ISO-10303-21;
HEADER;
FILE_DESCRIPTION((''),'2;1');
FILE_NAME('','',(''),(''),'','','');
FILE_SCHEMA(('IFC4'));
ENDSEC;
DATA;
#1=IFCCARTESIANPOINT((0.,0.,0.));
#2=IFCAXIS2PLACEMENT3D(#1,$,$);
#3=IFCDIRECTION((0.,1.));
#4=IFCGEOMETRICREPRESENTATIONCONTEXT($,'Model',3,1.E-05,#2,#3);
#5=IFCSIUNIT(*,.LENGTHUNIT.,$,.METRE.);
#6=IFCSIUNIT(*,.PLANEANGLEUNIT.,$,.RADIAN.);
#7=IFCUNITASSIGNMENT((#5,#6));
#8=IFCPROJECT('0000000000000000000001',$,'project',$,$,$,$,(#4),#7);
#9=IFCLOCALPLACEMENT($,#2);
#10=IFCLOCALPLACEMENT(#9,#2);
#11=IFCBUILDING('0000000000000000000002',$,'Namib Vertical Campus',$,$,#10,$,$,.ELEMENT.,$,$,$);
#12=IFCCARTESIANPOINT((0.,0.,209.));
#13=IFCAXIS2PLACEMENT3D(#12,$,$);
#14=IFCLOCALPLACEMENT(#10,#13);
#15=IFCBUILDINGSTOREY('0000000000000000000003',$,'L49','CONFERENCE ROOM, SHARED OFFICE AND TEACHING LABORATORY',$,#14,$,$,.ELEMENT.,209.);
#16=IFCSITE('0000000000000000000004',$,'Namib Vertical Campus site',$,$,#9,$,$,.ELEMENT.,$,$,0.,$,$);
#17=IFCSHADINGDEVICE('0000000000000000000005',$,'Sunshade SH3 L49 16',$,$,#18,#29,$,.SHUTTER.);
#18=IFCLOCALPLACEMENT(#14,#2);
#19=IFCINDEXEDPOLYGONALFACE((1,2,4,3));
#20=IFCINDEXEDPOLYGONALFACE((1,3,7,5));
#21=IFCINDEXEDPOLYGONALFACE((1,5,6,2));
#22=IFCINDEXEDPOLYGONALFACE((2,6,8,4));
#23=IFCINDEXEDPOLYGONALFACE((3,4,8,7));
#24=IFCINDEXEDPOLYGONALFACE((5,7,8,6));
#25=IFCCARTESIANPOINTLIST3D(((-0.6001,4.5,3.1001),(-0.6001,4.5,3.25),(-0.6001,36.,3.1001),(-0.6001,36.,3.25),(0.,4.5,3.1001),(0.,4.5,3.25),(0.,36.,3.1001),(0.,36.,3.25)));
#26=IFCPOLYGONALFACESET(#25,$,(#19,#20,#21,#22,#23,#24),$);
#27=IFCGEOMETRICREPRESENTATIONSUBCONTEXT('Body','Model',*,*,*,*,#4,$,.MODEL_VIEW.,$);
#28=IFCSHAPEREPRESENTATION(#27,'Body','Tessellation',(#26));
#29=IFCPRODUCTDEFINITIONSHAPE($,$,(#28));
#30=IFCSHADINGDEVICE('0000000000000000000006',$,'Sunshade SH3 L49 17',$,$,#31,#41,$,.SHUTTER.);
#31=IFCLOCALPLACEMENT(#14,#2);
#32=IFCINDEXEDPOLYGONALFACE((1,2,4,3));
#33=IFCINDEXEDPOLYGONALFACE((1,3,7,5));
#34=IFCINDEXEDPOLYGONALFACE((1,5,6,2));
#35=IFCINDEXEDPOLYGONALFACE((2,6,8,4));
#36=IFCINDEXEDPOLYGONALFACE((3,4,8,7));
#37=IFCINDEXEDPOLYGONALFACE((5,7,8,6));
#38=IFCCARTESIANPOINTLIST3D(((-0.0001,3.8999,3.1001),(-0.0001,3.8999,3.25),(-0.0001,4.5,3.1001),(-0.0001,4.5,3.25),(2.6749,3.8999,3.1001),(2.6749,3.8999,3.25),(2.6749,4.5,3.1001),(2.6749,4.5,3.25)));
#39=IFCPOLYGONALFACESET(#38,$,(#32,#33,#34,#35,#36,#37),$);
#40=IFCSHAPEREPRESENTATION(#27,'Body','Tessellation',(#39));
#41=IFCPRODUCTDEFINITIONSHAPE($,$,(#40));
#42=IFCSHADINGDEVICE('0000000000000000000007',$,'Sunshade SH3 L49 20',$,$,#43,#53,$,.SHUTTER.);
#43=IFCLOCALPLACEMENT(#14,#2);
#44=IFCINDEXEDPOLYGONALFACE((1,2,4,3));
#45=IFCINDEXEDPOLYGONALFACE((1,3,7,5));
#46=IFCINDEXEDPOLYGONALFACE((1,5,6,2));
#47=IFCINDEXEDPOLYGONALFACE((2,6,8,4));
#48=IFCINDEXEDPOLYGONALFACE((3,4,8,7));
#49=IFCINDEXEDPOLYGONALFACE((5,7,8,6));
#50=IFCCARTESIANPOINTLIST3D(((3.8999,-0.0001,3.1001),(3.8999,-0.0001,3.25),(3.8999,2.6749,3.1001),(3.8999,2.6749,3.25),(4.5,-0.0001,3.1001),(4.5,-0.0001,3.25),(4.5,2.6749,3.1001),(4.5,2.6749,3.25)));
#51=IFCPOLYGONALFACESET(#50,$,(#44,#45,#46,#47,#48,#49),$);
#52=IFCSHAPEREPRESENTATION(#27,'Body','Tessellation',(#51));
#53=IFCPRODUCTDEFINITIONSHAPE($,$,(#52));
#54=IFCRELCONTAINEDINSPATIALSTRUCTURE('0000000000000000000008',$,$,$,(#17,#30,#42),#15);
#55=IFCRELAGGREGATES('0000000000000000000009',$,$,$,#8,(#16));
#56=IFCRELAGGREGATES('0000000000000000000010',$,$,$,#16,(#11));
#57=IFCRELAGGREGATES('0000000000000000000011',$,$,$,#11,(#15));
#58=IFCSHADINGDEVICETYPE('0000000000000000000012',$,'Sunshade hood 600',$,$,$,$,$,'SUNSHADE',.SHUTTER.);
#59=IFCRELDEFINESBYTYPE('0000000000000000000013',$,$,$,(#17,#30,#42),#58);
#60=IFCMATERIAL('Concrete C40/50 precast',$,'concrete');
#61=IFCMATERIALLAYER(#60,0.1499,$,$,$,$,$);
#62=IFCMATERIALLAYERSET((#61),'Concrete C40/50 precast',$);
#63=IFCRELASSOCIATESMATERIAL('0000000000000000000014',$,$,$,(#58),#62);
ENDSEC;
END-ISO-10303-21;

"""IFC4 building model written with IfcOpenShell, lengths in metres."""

from ifc_helpers import new_model, si_unit, direction, frame, origin, origin_2d, place, context, subcontext, project, spatial, rectangle, extrude, material, layer, layer_set, type_object, element, save


model = new_model("IFC4")

# Units and contexts
model_context = context("Model", 3, precision=1e-05, world=origin(), true_north=direction((0.0, 1.0)))
body_context = subcontext(model_context, "Body", "Model", "MODEL_VIEW")
ifc_project = project(units=[si_unit("LENGTHUNIT", "METRE"), si_unit("PLANEANGLEUNIT", "RADIAN")], contexts=[model_context])

# Site, building, storey
site_placement = place(None, origin())
site = spatial("IfcSite", under=ifc_project, at=site_placement, Name="Namib Vertical Campus site", CompositionType="ELEMENT", RefElevation=0.0)
building_placement = place(site_placement, origin())
building = spatial("IfcBuilding", under=site, at=building_placement, Name="Namib Vertical Campus", CompositionType="ELEMENT")
storey_placement = place(building_placement, frame((0.0, 0.0, 209.0)))
storey = spatial("IfcBuildingStorey", under=building, at=storey_placement, Name="L49", Description="CONFERENCE ROOM, SHARED OFFICE AND TEACHING LABORATORY", CompositionType="ELEMENT", Elevation=209.0)

# Shading devices
ifc_material_1 = material(Name="Concrete C40/50 precast", Category="concrete")
ifc_layer_1 = layer(ifc_material_1, 0.1499)
ifc_layer_set_1 = layer_set([ifc_layer_1], Name="Concrete C40/50 precast")
shading_device_type = type_object("IfcShadingDeviceType", Name="Sunshade hood 600", ElementType="SUNSHADE", PredefinedType="SHUTTER", material=ifc_layer_set_1)
shading_device_placement = place(storey_placement, frame((-0.3, 20.25, 3.1001), z_axis=(0.0, 0.0, 1.0), x_axis=(0.0, -1.0, 0.0)))
element("IfcShadingDevice", 1, at=shading_device_placement, inside=storey, type_object=shading_device_type, Name="Sunshade SH3 L49 16", PredefinedType="SHUTTER", context=body_context, shape_type="SweptSolid", body=[
    extrude(rectangle(XDim=31.5, YDim=0.6001, at=origin_2d()), origin(), (0.0, 0.0, 1.0), 0.1499),
])
for number, where, z_axis, x_axis, name in (
    (2, (1.3374, 4.2, 3.1001), (0.0, 0.0, 1.0), (1.0, 0.0, 0.0), "Sunshade SH3 L49 17"),
    (3, (4.2, 1.3374, 3.1001), (0.0, 0.0, 1.0), (0.0, -1.0, 0.0), "Sunshade SH3 L49 20"),
):
    element("IfcShadingDevice", number, at=place(storey_placement, frame(where, z_axis=z_axis, x_axis=x_axis)), inside=storey, type_object=shading_device_type, Name=name, PredefinedType="SHUTTER", context=body_context, shape_type="SweptSolid", body=[
        extrude(rectangle(XDim=2.675, YDim=0.6001, at=origin_2d()), origin(), (0.0, 0.0, 1.0), 0.1499),
    ])

save(model, "model.ifc")
